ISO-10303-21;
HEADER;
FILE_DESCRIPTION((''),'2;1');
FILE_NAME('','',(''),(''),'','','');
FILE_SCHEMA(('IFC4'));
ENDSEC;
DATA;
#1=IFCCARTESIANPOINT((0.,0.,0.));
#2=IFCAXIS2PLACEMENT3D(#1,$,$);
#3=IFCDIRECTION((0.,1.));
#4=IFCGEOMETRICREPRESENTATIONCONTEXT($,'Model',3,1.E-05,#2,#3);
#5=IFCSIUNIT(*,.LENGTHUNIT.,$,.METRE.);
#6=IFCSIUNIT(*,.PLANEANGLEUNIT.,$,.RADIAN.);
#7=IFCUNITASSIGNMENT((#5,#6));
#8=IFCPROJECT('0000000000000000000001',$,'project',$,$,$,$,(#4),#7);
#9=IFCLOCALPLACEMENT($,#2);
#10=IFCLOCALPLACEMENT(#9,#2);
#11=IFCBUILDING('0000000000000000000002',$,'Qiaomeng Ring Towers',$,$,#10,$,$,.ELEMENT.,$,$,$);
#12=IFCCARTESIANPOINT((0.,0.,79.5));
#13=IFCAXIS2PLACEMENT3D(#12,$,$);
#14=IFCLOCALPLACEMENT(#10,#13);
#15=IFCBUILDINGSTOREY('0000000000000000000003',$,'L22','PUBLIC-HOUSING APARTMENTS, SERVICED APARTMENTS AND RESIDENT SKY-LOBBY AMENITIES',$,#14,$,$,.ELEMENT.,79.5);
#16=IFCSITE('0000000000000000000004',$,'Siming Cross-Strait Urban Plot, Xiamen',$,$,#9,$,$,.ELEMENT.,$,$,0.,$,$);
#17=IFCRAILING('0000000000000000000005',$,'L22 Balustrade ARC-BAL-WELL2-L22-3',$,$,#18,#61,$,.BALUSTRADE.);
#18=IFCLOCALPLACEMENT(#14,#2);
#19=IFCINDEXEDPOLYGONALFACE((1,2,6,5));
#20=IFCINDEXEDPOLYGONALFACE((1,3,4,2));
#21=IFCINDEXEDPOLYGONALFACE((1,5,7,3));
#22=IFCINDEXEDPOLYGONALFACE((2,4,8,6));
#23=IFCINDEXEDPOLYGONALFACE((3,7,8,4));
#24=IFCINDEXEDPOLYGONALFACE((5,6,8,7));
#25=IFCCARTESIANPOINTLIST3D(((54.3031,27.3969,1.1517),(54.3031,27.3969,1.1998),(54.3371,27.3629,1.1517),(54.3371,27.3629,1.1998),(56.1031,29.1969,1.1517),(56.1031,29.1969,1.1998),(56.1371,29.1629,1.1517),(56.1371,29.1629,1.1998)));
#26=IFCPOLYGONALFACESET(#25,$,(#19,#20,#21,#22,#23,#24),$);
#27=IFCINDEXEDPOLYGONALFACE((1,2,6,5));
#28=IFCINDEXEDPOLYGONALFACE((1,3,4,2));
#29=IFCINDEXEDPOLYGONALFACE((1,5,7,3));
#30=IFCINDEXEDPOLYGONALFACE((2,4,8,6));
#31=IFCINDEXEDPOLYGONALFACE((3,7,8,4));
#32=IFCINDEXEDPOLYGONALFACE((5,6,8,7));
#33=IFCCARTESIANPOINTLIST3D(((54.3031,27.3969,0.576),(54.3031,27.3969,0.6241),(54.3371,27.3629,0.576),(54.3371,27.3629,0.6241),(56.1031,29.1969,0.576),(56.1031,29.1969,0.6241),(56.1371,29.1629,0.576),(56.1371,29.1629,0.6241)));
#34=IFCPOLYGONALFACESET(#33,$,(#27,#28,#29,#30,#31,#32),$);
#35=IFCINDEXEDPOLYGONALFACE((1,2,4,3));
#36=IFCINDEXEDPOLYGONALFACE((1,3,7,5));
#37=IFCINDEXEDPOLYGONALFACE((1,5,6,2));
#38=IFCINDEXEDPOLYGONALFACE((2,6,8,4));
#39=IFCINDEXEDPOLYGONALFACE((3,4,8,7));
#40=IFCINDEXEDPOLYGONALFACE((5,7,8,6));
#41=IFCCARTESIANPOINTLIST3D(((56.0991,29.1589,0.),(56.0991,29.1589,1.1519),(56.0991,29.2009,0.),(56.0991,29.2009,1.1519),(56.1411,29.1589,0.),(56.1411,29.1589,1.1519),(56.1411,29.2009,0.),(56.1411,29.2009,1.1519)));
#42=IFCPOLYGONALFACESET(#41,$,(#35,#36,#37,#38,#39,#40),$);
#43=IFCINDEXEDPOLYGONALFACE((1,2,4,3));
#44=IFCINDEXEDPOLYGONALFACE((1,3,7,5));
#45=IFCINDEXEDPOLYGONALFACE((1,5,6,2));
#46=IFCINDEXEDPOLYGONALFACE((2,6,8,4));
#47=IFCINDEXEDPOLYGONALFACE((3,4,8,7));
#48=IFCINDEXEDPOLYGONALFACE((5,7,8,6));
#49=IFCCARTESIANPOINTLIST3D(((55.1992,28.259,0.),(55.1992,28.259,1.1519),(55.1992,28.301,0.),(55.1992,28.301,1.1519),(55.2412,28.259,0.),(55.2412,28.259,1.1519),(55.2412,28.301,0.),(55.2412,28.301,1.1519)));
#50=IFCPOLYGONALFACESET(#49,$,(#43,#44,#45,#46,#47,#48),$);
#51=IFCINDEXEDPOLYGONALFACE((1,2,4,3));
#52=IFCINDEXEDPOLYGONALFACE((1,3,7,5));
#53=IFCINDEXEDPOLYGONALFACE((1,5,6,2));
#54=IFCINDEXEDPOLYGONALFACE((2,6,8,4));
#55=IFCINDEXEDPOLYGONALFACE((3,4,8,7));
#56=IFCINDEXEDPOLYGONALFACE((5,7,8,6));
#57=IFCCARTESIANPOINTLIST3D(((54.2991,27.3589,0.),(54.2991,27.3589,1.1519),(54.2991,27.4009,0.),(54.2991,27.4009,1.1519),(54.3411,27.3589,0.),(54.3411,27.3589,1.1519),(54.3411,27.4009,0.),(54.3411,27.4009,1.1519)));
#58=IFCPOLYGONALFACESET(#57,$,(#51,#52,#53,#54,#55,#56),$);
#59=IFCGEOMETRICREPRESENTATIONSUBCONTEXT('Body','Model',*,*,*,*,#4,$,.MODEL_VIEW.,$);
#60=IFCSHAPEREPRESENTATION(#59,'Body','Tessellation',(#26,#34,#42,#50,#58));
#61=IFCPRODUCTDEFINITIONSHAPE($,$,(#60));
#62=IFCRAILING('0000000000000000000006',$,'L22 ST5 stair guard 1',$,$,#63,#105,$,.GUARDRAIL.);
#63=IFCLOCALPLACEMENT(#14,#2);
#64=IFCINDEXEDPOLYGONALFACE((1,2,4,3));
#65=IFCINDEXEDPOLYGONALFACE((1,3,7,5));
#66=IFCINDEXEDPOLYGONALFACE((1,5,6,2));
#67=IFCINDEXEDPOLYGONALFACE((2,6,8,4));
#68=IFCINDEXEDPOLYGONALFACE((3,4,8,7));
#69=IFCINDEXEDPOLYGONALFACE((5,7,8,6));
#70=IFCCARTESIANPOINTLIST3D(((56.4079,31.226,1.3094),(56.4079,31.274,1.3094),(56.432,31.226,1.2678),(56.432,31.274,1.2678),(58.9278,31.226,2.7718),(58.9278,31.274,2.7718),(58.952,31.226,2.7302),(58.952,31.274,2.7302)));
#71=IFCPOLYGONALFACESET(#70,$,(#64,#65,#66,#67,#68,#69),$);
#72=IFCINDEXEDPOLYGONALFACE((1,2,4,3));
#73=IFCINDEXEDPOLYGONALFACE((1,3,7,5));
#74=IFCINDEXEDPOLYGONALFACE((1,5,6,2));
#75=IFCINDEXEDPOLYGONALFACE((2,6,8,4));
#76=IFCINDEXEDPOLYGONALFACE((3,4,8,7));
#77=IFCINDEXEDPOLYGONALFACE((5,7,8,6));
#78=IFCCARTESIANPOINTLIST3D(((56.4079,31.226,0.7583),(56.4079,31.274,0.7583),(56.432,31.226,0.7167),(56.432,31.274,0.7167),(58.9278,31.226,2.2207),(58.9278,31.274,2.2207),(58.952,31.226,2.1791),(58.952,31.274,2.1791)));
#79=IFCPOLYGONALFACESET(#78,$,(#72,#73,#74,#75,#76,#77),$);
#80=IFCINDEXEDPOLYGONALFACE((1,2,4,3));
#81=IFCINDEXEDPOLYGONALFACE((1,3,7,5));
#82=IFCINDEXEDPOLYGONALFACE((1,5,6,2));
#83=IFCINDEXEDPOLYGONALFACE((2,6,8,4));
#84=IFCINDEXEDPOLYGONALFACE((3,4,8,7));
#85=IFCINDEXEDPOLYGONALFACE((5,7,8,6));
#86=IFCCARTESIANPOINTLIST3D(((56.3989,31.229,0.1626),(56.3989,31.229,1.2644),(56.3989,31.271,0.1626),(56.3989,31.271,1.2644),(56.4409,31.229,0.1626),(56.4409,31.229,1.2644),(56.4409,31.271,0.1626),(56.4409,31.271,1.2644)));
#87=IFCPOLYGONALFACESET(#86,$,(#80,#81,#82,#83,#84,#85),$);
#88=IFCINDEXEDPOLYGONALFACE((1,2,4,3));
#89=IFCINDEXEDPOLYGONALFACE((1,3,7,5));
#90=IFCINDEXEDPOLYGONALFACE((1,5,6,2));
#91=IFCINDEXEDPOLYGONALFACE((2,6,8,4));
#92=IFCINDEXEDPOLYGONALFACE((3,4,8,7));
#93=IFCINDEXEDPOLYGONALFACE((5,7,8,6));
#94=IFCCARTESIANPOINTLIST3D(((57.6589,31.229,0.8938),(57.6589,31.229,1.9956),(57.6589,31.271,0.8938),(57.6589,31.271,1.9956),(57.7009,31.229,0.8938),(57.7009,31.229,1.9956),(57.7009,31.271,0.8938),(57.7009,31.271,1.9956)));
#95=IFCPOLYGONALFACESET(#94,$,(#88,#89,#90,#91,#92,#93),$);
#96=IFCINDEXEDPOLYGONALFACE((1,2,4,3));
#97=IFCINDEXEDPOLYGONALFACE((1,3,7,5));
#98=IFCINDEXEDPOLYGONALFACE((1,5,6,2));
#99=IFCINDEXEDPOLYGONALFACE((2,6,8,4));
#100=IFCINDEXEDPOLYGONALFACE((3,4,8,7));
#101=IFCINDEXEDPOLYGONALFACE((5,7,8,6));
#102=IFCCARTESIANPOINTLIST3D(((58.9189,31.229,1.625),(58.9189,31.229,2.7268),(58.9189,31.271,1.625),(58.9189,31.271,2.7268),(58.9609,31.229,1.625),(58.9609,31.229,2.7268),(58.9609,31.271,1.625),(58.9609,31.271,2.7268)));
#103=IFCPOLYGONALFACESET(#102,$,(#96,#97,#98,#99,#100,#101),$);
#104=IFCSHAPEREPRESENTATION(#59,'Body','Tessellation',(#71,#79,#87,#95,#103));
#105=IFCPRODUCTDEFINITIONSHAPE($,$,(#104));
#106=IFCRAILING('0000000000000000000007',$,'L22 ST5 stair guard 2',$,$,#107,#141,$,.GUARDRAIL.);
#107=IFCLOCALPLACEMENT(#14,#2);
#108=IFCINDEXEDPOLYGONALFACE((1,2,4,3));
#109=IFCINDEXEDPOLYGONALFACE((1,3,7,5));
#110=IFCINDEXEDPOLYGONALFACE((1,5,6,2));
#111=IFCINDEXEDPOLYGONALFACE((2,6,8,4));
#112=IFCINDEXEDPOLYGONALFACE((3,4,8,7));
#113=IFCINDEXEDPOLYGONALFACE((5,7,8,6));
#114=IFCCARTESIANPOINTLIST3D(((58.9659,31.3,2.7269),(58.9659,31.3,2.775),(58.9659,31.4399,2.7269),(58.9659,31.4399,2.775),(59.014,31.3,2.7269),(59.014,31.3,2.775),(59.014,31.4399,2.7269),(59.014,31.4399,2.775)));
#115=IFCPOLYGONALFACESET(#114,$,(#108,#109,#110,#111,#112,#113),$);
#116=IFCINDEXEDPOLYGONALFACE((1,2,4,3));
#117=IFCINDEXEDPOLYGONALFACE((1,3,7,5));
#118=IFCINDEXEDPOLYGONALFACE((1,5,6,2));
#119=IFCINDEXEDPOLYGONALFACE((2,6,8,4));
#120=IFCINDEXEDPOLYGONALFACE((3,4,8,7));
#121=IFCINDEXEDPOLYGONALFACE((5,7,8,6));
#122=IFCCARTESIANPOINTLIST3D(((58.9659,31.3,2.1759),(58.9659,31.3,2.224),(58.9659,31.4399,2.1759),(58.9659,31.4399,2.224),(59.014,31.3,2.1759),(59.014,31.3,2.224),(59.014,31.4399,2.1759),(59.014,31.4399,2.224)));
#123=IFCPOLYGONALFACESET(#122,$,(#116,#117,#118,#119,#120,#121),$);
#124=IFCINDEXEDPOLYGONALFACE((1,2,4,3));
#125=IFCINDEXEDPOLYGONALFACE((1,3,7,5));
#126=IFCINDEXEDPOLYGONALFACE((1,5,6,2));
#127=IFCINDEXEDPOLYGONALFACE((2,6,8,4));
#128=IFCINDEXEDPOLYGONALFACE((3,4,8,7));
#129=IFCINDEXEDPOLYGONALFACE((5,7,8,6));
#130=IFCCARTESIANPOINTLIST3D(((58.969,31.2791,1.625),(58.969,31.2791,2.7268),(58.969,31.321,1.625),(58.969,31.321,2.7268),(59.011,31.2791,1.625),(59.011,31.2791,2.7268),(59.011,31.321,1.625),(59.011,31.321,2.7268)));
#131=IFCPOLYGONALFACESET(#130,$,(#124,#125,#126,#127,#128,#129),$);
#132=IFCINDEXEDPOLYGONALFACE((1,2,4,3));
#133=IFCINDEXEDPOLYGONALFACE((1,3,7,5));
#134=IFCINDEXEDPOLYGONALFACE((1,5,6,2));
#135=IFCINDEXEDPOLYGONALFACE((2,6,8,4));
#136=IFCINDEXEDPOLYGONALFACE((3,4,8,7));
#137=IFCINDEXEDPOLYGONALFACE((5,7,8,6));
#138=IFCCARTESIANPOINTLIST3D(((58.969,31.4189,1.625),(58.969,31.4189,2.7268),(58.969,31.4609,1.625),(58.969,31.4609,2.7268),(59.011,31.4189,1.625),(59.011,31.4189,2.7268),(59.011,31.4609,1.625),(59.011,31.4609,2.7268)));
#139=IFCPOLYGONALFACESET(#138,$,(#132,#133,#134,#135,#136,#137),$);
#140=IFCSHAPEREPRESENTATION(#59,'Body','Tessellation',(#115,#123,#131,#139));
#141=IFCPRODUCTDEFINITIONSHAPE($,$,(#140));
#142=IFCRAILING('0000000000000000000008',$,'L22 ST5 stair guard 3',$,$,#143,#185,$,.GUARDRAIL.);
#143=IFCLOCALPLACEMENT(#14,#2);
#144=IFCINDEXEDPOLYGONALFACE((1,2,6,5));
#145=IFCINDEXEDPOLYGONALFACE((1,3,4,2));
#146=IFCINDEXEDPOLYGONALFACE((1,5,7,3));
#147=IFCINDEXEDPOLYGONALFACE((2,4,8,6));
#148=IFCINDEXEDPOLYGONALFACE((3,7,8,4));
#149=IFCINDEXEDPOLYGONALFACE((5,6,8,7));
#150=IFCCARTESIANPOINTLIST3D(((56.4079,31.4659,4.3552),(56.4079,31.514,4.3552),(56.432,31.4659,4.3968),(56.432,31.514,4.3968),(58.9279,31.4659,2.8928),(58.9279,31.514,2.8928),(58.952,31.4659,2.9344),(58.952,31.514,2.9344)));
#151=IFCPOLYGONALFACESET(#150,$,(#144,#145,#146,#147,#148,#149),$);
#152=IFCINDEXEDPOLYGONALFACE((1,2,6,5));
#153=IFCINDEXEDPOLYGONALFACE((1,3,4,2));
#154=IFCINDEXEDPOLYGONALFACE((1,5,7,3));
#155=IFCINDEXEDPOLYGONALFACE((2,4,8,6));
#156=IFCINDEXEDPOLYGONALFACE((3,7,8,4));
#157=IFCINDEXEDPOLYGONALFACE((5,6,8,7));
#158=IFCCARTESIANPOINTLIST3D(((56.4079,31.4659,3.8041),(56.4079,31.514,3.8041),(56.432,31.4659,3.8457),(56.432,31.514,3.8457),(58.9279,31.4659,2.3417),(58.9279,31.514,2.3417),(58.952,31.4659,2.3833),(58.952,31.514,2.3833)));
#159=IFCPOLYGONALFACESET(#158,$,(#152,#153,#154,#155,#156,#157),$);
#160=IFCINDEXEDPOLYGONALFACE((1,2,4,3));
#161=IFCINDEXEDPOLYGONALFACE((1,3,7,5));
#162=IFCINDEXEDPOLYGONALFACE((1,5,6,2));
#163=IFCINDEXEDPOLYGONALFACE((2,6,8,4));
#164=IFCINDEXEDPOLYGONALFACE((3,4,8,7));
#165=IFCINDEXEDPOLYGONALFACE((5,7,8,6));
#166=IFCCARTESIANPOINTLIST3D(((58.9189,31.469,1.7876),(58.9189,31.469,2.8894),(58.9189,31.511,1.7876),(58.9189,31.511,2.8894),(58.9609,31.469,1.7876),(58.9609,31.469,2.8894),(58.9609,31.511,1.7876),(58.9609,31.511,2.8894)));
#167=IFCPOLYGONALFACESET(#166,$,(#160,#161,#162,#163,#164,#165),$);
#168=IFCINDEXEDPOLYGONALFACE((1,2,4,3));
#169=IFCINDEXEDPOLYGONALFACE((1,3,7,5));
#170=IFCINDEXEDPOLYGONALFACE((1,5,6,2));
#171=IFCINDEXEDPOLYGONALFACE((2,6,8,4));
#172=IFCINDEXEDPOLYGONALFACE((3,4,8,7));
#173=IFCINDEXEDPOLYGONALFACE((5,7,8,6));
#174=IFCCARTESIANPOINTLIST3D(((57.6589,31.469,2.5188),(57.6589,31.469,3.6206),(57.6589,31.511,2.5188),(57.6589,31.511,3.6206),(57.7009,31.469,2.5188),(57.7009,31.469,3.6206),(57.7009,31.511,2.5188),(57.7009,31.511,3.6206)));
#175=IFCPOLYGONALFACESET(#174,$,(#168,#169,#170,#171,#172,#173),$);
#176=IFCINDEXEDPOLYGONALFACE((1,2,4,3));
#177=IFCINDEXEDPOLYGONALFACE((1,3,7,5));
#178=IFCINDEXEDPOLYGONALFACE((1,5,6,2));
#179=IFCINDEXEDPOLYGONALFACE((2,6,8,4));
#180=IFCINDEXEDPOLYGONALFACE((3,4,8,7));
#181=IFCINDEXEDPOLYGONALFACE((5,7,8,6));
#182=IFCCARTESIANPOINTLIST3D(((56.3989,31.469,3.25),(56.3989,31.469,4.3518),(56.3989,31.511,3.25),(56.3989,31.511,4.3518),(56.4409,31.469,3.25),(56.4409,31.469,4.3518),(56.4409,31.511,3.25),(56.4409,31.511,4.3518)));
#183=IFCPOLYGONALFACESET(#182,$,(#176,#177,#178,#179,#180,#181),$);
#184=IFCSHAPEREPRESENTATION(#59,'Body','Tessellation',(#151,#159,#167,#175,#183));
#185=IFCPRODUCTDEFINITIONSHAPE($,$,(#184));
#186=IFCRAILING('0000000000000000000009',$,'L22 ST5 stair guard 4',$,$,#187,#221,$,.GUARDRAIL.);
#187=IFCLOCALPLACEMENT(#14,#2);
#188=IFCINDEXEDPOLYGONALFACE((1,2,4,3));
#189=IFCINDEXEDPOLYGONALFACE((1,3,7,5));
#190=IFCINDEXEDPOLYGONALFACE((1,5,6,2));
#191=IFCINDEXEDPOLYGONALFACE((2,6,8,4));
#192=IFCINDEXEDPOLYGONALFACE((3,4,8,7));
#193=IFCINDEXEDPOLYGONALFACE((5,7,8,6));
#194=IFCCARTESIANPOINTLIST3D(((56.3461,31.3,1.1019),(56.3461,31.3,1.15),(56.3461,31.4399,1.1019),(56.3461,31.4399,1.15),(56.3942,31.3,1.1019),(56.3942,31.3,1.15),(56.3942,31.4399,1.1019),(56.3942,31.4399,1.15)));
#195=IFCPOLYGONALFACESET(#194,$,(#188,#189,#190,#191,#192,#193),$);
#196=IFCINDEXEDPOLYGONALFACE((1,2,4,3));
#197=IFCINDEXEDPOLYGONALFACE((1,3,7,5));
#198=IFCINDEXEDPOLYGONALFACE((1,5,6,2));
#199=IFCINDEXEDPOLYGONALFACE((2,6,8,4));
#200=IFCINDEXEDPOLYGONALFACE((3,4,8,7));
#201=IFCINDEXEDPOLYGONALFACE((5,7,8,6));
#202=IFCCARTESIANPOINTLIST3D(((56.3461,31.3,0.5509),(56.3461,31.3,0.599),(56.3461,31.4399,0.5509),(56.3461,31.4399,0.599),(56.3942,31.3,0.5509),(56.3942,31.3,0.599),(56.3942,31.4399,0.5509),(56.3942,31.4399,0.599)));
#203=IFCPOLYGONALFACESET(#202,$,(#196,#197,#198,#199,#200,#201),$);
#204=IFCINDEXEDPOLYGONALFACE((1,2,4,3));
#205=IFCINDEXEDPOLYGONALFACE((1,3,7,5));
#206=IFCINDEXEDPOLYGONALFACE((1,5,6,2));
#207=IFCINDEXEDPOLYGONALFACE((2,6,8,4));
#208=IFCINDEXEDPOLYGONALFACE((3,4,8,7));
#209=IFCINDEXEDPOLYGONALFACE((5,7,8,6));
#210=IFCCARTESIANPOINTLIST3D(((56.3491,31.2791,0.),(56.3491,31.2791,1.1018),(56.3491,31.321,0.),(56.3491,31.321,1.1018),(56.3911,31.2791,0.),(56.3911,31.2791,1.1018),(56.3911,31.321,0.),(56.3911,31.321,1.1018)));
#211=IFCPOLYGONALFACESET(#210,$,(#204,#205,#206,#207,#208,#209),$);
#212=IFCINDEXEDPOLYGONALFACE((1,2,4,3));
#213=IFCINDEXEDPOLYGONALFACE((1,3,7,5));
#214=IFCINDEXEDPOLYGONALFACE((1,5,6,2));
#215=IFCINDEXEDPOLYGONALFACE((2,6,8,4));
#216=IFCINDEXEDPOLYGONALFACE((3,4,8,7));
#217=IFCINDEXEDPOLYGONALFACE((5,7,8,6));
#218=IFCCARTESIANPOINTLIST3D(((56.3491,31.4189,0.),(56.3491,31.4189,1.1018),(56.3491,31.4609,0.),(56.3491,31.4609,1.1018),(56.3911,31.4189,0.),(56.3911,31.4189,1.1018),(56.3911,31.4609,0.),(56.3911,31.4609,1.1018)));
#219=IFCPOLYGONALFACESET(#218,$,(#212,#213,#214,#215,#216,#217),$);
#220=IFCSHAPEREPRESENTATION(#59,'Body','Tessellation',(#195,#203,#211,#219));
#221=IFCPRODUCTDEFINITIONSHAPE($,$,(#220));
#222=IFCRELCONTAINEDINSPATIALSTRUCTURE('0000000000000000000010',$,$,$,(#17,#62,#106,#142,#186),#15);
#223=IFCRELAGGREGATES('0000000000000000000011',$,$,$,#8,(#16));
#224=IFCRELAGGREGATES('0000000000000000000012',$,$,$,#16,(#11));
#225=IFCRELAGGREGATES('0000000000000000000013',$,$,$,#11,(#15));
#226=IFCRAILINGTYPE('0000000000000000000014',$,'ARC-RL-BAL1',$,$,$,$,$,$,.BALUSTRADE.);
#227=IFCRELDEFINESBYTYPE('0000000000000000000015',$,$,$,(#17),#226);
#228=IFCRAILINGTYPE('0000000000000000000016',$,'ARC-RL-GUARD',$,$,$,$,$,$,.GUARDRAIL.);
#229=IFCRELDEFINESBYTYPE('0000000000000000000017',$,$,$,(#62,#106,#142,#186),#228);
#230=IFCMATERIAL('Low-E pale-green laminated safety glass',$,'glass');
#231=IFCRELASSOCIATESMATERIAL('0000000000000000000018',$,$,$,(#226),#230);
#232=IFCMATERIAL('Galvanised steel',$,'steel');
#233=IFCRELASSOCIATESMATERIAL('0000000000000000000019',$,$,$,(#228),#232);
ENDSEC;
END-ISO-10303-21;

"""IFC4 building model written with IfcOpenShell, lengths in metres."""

from ifc_helpers import new_model, si_unit, direction, frame, origin, origin_2d, place, context, subcontext, project, spatial, rectangle, extrude, material, type_object, element, save


model = new_model("IFC4")

# Units and contexts
model_context = context("Model", 3, precision=1e-05, world=origin(), true_north=direction((0.0, 1.0)))
body_context = subcontext(model_context, "Body", "Model", "MODEL_VIEW")
ifc_project = project(units=[si_unit("LENGTHUNIT", "METRE"), si_unit("PLANEANGLEUNIT", "RADIAN")], contexts=[model_context])

# Site, building, storey
site_placement = place(None, origin())
site = spatial("IfcSite", under=ifc_project, at=site_placement, Name="Siming Cross-Strait Urban Plot, Xiamen", CompositionType="ELEMENT", RefElevation=0.0)
building_placement = place(site_placement, origin())
building = spatial("IfcBuilding", under=site, at=building_placement, Name="Qiaomeng Ring Towers", CompositionType="ELEMENT")
storey_placement = place(building_placement, frame((0.0, 0.0, 79.5)))
storey = spatial("IfcBuildingStorey", under=building, at=storey_placement, Name="L22", Description="PUBLIC-HOUSING APARTMENTS, SERVICED APARTMENTS AND RESIDENT SKY-LOBBY AMENITIES", CompositionType="ELEMENT", Elevation=79.5)

# Shared definitions
ifc_material_1 = material(Name="Galvanised steel", Category="steel")

# Railings
ifc_material_2 = material(Name="Low-E pale-green laminated safety glass", Category="glass")
railing_type_1 = type_object("IfcRailingType", Name="ARC-RL-BAL1", PredefinedType="BALUSTRADE", material=ifc_material_2)
railing_1_placement = place(storey_placement, frame((56.1201, 29.1799, 0.0)))
element("IfcRailing", 1, at=railing_1_placement, inside=storey, type_object=railing_type_1, Name="L22 Balustrade ARC-BAL-WELL2-L22-3", PredefinedType="BALUSTRADE", context=body_context, shape_type="SweptSolid", body=[
    extrude(rectangle(XDim=0.0481, YDim=0.0481, at=origin_2d()), frame((0.0, 0.0, 1.1758), z_axis=(-0.707107, -0.707107, 0.0), x_axis=(0.707107, -0.707107, 0.0)), (0.0, 0.0, 1.0), 2.5457),
    extrude(rectangle(XDim=0.0481, YDim=0.0481, at=origin_2d()), frame((0.0, 0.0, 0.6001), z_axis=(-0.707107, -0.707107, 0.0), x_axis=(0.707107, -0.707107, 0.0)), (0.0, 0.0, 1.0), 2.5457),
    extrude(rectangle(XDim=0.042, YDim=0.042, at=origin_2d()), origin(), (0.0, 0.0, 1.0), 1.1519),
    extrude(rectangle(XDim=0.042, YDim=0.042, at=origin_2d()), frame((-0.8999, -0.8999, 0.0)), (0.0, 0.0, 1.0), 1.1519),
    extrude(rectangle(XDim=0.042, YDim=0.042, at=origin_2d()), frame((-1.8, -1.8, 0.0)), (0.0, 0.0, 1.0), 1.1519),
])
railing_type_2 = type_object("IfcRailingType", Name="ARC-RL-GUARD", PredefinedType="GUARDRAIL", material=ifc_material_1)
railing_2_placement = place(storey_placement, frame((56.4199, 31.25, 0.1626)))
element("IfcRailing", 2, at=railing_2_placement, inside=storey, type_object=railing_type_2, Name="L22 ST5 stair guard 1", PredefinedType="GUARDRAIL", context=body_context, shape_type="SweptSolid", body=[
    extrude(rectangle(XDim=0.0481, YDim=0.0481, at=origin_2d()), frame((0.0, 0.0, 1.126), z_axis=(0.864913, 0.0, 0.501921), x_axis=(0.0, 1.0, 0.0)), (0.0, 0.0, 1.0), 2.9136),
    extrude(rectangle(XDim=0.0481, YDim=0.0481, at=origin_2d()), frame((0.0, 0.0, 0.575), z_axis=(0.864913, 0.0, 0.501921), x_axis=(0.0, 1.0, 0.0)), (0.0, 0.0, 1.0), 2.9136),
    extrude(rectangle(XDim=0.042, YDim=0.042, at=origin_2d()), origin(), (0.0, 0.0, 1.0), 1.1018),
    extrude(rectangle(XDim=0.042, YDim=0.042, at=origin_2d()), frame((1.26, 0.0, 0.7312)), (0.0, 0.0, 1.0), 1.1018),
    extrude(rectangle(XDim=0.042, YDim=0.042, at=origin_2d()), frame((2.52, 0.0, 1.4624)), (0.0, 0.0, 1.0), 1.1018),
])
railing_3_placement = place(storey_placement, frame((58.99, 31.3, 1.625)))
element("IfcRailing", 3, at=railing_3_placement, inside=storey, type_object=railing_type_2, Name="L22 ST5 stair guard 2", PredefinedType="GUARDRAIL", context=body_context, shape_type="SweptSolid", body=[
    extrude(rectangle(XDim=0.0481, YDim=0.0481, at=origin_2d()), frame((0.0, 0.0, 1.126), z_axis=(0.0, 1.0, 0.0), x_axis=(-1.0, 0.0, 0.0)), (0.0, 0.0, 1.0), 0.1399),
    extrude(rectangle(XDim=0.0481, YDim=0.0481, at=origin_2d()), frame((0.0, 0.0, 0.575), z_axis=(0.0, 1.0, 0.0), x_axis=(-1.0, 0.0, 0.0)), (0.0, 0.0, 1.0), 0.1399),
    extrude(rectangle(XDim=0.042, YDim=0.042, at=origin_2d()), origin(), (0.0, 0.0, 1.0), 1.1018),
    extrude(rectangle(XDim=0.042, YDim=0.042, at=origin_2d()), frame((0.0, 0.1399, 0.0)), (0.0, 0.0, 1.0), 1.1018),
])
railing_4_placement = place(storey_placement, frame((58.9399, 31.49, 1.7876)))
element("IfcRailing", 4, at=railing_4_placement, inside=storey, type_object=railing_type_2, Name="L22 ST5 stair guard 3", PredefinedType="GUARDRAIL", context=body_context, shape_type="SweptSolid", body=[
    extrude(rectangle(XDim=0.0481, YDim=0.0481, at=origin_2d()), frame((0.0, 0.0, 1.126), z_axis=(-0.864913, 0.0, 0.501921), x_axis=(0.0, -1.0, 0.0)), (0.0, 0.0, 1.0), 2.9136),
    extrude(rectangle(XDim=0.0481, YDim=0.0481, at=origin_2d()), frame((0.0, 0.0, 0.575), z_axis=(-0.864913, 0.0, 0.501921), x_axis=(0.0, -1.0, 0.0)), (0.0, 0.0, 1.0), 2.9136),
    extrude(rectangle(XDim=0.042, YDim=0.042, at=origin_2d()), origin(), (0.0, 0.0, 1.0), 1.1018),
    extrude(rectangle(XDim=0.042, YDim=0.042, at=origin_2d()), frame((-1.26, 0.0, 0.7312)), (0.0, 0.0, 1.0), 1.1018),
    extrude(rectangle(XDim=0.042, YDim=0.042, at=origin_2d()), frame((-2.52, 0.0, 1.4624)), (0.0, 0.0, 1.0), 1.1018),
])
railing_5_placement = place(storey_placement, frame((56.3701, 31.3, 0.0)))
element("IfcRailing", 5, at=railing_5_placement, inside=storey, type_object=railing_type_2, Name="L22 ST5 stair guard 4", PredefinedType="GUARDRAIL", context=body_context, shape_type="SweptSolid", body=[
    extrude(rectangle(XDim=0.0481, YDim=0.0481, at=origin_2d()), frame((0.0, 0.0, 1.126), z_axis=(0.0, 1.0, 0.0), x_axis=(-1.0, 0.0, 0.0)), (0.0, 0.0, 1.0), 0.1399),
    extrude(rectangle(XDim=0.0481, YDim=0.0481, at=origin_2d()), frame((0.0, 0.0, 0.575), z_axis=(0.0, 1.0, 0.0), x_axis=(-1.0, 0.0, 0.0)), (0.0, 0.0, 1.0), 0.1399),
    extrude(rectangle(XDim=0.042, YDim=0.042, at=origin_2d()), origin(), (0.0, 0.0, 1.0), 1.1018),
    extrude(rectangle(XDim=0.042, YDim=0.042, at=origin_2d()), frame((0.0, 0.1399, 0.0)), (0.0, 0.0, 1.0), 1.1018),
])

save(model, "model.ifc")
